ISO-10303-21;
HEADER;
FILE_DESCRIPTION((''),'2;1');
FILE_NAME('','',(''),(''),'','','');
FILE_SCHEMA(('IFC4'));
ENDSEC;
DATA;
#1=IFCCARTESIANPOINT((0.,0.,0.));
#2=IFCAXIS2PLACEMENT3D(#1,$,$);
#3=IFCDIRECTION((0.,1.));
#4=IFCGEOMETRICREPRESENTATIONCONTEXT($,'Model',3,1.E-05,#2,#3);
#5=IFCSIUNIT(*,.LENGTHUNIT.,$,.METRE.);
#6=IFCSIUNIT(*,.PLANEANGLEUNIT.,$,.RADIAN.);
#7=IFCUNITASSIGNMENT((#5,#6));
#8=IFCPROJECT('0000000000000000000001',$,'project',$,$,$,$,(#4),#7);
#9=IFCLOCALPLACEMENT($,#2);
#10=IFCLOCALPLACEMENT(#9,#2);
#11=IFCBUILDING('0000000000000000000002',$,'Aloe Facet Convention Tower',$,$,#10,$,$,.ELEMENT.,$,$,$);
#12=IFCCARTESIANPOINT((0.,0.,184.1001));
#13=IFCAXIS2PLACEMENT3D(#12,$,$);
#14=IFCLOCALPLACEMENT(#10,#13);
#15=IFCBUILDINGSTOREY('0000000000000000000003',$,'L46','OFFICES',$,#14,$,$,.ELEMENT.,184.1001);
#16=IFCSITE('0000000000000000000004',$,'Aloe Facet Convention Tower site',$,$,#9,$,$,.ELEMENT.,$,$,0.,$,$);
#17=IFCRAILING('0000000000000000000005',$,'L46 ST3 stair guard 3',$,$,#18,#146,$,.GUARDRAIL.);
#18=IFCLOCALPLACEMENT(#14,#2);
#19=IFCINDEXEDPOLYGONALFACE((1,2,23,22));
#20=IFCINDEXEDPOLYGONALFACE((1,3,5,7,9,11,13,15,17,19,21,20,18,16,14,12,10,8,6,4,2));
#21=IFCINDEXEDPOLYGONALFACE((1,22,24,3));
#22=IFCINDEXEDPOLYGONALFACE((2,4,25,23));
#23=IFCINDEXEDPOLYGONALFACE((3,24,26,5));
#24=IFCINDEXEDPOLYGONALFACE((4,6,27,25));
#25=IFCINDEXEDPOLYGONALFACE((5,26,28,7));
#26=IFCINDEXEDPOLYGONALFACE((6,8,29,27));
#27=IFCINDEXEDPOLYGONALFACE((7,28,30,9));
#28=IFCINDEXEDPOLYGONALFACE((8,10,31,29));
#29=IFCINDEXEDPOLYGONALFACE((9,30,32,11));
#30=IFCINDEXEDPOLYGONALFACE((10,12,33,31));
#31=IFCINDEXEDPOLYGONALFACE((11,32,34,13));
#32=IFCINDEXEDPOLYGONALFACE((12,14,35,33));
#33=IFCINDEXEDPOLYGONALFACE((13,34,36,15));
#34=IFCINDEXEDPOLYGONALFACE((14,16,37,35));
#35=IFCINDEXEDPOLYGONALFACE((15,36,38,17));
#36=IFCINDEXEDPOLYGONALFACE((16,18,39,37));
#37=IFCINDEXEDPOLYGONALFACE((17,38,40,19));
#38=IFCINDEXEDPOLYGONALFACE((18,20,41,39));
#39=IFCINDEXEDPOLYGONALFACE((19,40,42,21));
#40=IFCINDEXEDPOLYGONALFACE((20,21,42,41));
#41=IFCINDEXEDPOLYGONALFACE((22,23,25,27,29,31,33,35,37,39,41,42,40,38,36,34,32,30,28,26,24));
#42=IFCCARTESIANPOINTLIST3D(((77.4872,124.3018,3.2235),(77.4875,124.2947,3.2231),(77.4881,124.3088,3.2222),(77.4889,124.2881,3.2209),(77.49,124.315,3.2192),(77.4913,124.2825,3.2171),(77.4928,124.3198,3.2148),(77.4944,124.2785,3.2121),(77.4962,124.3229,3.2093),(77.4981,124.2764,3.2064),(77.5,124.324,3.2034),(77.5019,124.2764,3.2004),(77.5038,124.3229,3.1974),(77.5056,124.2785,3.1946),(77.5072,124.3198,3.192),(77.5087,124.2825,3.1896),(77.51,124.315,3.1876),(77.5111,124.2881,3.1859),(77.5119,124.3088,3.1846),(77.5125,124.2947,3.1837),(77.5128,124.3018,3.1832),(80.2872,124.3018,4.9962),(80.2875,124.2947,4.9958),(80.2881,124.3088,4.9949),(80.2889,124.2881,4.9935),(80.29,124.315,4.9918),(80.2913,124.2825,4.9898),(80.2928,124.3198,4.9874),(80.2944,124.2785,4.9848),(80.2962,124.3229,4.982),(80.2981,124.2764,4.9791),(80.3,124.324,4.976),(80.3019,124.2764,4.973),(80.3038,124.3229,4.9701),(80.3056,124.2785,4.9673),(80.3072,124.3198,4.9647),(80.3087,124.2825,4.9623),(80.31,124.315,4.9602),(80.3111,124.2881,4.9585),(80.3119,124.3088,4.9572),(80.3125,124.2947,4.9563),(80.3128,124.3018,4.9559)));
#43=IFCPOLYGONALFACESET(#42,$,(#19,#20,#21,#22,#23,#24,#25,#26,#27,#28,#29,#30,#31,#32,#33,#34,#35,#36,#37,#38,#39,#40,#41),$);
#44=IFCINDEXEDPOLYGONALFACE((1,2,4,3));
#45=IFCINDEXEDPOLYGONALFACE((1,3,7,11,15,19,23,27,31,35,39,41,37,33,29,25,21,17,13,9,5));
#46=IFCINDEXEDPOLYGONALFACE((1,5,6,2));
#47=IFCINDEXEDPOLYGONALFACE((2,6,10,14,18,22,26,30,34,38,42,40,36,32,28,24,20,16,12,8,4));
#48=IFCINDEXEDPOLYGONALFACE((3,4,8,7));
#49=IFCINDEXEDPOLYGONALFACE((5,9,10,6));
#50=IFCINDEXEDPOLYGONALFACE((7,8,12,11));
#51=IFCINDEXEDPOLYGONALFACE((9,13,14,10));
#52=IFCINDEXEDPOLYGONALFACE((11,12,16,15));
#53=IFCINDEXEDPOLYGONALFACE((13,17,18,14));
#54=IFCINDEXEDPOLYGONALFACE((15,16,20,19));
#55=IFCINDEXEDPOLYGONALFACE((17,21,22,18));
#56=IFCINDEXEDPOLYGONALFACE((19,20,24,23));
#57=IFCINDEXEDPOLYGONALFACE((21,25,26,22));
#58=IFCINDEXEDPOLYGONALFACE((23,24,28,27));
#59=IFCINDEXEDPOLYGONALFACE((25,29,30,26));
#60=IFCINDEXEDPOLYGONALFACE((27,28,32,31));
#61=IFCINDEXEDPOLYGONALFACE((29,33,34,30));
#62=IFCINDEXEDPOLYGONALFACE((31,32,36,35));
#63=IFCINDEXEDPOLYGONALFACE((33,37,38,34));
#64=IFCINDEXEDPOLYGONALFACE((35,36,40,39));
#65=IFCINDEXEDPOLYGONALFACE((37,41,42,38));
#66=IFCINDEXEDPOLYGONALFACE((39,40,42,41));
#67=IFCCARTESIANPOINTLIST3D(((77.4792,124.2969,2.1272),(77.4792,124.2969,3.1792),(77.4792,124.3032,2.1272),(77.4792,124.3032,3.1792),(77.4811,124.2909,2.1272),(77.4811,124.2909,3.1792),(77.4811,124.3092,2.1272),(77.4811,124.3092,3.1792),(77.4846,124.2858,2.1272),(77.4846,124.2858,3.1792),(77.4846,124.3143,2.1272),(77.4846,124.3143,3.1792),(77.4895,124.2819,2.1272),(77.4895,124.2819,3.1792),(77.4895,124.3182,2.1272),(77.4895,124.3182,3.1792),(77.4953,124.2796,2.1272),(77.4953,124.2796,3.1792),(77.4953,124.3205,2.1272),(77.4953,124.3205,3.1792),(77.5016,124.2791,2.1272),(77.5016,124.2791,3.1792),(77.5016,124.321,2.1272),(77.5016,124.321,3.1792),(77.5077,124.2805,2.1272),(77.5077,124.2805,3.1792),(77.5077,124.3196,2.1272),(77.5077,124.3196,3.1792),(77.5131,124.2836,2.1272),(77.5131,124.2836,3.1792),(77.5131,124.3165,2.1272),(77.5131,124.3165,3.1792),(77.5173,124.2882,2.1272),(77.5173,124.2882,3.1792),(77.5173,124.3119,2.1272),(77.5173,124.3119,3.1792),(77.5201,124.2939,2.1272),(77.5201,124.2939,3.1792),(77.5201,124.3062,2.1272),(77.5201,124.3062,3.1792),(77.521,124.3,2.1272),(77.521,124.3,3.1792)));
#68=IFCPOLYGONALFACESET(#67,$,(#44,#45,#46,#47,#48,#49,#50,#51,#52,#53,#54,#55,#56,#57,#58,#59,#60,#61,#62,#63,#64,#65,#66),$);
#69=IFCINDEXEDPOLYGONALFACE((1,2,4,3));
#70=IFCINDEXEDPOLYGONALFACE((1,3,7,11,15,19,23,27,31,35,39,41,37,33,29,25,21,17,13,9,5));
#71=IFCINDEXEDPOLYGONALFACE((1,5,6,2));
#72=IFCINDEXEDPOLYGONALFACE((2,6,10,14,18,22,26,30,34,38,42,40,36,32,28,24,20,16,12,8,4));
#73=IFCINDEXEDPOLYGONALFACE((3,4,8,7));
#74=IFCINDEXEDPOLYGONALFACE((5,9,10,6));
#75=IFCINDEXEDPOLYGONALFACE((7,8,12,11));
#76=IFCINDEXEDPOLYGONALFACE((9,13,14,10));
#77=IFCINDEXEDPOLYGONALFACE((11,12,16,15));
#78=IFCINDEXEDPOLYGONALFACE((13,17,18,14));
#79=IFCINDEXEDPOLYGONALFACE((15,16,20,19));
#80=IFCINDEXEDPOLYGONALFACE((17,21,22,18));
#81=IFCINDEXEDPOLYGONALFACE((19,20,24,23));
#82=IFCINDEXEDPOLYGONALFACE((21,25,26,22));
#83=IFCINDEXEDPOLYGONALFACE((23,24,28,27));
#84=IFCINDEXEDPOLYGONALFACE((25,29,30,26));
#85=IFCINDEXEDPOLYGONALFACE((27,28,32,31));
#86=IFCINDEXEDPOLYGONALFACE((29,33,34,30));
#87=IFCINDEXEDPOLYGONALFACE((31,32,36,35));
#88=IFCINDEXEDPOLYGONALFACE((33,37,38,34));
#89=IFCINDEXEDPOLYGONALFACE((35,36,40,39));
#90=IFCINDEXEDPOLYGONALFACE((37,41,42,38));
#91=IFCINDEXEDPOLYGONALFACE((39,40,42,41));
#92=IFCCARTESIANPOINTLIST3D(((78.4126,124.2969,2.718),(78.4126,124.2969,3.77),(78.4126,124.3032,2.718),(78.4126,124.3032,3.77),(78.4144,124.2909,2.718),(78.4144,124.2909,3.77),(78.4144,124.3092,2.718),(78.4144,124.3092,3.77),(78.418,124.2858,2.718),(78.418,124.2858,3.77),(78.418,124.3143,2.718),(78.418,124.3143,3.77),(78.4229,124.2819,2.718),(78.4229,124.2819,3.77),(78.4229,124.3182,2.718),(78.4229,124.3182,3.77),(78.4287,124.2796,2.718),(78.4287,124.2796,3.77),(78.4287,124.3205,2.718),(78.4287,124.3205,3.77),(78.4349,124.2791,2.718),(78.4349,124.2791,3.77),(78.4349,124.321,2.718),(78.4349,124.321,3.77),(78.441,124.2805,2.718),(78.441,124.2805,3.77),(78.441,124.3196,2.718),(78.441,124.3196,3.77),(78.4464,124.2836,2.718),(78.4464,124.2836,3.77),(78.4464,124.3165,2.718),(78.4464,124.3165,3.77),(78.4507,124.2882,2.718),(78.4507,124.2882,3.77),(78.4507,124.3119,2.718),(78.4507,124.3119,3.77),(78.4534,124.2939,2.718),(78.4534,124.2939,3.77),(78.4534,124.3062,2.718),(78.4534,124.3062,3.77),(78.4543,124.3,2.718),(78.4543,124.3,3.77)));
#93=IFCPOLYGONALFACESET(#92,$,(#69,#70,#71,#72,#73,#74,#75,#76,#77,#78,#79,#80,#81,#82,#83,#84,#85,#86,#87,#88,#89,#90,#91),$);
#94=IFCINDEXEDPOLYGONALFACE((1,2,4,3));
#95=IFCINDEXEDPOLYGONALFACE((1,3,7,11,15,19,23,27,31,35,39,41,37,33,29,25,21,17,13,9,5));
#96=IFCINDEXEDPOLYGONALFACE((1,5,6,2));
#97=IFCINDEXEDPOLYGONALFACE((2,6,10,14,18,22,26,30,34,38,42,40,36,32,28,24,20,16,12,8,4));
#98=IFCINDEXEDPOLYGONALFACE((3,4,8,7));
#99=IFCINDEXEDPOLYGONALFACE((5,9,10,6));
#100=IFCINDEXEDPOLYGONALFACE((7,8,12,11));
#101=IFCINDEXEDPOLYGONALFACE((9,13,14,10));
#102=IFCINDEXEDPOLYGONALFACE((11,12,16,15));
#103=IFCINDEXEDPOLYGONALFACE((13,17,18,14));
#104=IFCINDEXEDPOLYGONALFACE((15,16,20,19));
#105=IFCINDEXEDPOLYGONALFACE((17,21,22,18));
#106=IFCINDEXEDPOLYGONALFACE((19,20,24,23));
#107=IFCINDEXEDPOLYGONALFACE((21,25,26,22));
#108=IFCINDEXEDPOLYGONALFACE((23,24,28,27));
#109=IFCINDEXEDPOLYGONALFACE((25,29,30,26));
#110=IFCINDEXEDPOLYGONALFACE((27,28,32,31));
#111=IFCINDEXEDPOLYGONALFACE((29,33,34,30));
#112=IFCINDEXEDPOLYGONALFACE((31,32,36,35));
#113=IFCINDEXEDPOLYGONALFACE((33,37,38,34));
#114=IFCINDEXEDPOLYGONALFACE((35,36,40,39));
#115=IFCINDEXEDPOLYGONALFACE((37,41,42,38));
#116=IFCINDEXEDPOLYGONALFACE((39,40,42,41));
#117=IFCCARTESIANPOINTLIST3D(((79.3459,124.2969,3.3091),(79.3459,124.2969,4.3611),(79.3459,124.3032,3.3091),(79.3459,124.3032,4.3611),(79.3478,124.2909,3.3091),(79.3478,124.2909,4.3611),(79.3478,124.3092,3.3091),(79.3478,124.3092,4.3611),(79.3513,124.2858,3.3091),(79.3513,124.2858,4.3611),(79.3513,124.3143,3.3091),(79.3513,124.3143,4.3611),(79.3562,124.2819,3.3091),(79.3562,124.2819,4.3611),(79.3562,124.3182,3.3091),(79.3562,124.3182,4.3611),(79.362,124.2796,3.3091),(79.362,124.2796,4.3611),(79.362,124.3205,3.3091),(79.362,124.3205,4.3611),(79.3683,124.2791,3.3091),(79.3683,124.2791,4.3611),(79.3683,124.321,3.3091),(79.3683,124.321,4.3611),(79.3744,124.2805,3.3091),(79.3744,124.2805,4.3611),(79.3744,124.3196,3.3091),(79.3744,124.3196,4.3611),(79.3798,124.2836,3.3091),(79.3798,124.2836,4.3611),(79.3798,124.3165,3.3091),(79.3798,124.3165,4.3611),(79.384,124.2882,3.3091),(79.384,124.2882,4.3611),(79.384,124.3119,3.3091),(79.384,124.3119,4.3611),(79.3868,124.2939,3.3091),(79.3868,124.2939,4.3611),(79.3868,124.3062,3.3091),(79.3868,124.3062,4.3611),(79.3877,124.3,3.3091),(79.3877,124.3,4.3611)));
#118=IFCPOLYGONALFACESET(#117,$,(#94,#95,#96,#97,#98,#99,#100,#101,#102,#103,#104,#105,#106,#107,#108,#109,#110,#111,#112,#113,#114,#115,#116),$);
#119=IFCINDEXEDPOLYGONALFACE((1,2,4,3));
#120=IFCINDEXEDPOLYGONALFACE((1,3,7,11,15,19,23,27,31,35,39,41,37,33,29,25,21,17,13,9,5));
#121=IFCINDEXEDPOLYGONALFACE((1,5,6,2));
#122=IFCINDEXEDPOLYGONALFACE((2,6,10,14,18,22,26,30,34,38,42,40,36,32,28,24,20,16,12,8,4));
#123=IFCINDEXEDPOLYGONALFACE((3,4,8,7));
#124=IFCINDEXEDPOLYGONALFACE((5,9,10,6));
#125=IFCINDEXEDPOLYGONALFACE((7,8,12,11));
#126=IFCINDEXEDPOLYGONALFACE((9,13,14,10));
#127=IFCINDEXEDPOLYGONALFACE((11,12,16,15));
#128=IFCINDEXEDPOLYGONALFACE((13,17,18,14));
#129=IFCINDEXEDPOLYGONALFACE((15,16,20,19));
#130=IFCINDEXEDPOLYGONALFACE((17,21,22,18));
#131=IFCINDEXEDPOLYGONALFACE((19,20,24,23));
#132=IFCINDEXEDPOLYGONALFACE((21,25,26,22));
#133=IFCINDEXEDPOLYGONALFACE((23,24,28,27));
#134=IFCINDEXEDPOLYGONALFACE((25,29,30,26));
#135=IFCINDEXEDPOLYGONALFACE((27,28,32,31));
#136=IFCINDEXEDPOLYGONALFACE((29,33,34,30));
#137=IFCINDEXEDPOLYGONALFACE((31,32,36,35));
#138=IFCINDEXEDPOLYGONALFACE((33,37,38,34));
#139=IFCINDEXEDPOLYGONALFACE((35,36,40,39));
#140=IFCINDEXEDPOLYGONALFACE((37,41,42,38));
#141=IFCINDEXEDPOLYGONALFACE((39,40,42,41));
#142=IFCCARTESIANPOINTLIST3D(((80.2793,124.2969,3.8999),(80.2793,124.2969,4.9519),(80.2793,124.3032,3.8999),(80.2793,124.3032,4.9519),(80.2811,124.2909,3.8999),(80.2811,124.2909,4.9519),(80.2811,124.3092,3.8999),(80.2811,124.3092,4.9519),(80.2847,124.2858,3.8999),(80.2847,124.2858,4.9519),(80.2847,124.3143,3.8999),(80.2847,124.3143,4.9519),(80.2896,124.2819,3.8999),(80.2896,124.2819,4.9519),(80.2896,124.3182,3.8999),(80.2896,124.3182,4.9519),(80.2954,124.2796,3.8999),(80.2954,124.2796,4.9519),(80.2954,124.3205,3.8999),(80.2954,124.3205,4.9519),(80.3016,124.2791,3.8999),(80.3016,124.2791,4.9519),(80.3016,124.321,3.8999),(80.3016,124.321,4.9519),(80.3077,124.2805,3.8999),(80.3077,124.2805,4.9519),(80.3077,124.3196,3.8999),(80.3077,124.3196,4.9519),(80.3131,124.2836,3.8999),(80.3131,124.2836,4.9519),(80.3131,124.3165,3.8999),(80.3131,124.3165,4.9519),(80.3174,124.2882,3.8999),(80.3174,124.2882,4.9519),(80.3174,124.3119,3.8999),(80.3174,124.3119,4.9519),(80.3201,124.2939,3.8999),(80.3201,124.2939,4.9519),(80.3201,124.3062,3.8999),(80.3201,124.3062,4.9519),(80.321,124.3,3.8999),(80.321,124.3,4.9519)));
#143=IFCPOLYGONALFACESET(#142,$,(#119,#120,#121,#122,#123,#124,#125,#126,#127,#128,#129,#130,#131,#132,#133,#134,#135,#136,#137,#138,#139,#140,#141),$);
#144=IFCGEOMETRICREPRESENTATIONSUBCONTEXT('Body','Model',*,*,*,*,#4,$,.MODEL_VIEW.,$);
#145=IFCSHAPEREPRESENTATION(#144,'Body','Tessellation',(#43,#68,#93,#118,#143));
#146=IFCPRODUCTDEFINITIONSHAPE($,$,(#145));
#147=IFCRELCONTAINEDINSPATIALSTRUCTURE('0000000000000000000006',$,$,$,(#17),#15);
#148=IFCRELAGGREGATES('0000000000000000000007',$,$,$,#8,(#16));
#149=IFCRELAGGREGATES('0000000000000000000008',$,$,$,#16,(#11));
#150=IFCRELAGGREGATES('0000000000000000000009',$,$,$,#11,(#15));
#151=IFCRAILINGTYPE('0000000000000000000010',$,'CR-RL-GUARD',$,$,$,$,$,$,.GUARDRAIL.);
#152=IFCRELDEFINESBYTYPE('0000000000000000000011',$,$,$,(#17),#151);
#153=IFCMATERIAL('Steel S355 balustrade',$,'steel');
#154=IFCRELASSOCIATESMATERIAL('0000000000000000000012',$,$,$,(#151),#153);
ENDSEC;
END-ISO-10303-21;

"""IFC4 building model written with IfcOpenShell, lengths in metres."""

from ifc_helpers import new_model, si_unit, direction, frame, origin, origin_2d, place, context, subcontext, project, spatial, circle, extrude, material, type_object, element, save


model = new_model("IFC4")

# Units and contexts
model_context = context("Model", 3, precision=1e-05, world=origin(), true_north=direction((0.0, 1.0)))
body_context = subcontext(model_context, "Body", "Model", "MODEL_VIEW")
ifc_project = project(units=[si_unit("LENGTHUNIT", "METRE"), si_unit("PLANEANGLEUNIT", "RADIAN")], contexts=[model_context])

# Site, building, storey
site_placement = place(None, origin())
site = spatial("IfcSite", under=ifc_project, at=site_placement, Name="Aloe Facet Convention Tower site", CompositionType="ELEMENT", RefElevation=0.0)
building_placement = place(site_placement, origin())
building = spatial("IfcBuilding", under=site, at=building_placement, Name="Aloe Facet Convention Tower", CompositionType="ELEMENT")
storey_placement = place(building_placement, frame((0.0, 0.0, 184.1001)))
storey = spatial("IfcBuildingStorey", under=building, at=storey_placement, Name="L46", Description="OFFICES", CompositionType="ELEMENT", Elevation=184.1001)

# Railing
ifc_material_1 = material(Name="Steel S355 balustrade", Category="steel")
railing_type_1 = type_object("IfcRailingType", Name="CR-RL-GUARD", PredefinedType="GUARDRAIL", material=ifc_material_1)
railing_1_placement = place(storey_placement, frame((77.5, 124.3, 2.1272)))
element("IfcRailing", 1, at=railing_1_placement, inside=storey, type_object=railing_type_1, Name="L46 ST3 stair guard 3", PredefinedType="GUARDRAIL", context=body_context, shape_type="SweptSolid", body=[
    extrude(circle(Radius=0.0239, at=origin_2d()), frame((0.0, 0.0, 1.0762), z_axis=(0.844909, 0.0, 0.53491), x_axis=(0.0, 1.0, 0.0)), (0.0, 0.0, 1.0), 3.314),
    extrude(circle(Radius=0.021, at=origin_2d()), origin(), (0.0, 0.0, 1.0), 1.052),
    extrude(circle(Radius=0.021, at=origin_2d()), frame((0.9333, 0.0, 0.5908)), (0.0, 0.0, 1.0), 1.052),
    extrude(circle(Radius=0.021, at=origin_2d()), frame((1.8667, 0.0, 1.1819)), (0.0, 0.0, 1.0), 1.052),
    extrude(circle(Radius=0.021, at=origin_2d()), frame((2.8, 0.0, 1.7727)), (0.0, 0.0, 1.0), 1.052),
])

save(model, "model.ifc")
